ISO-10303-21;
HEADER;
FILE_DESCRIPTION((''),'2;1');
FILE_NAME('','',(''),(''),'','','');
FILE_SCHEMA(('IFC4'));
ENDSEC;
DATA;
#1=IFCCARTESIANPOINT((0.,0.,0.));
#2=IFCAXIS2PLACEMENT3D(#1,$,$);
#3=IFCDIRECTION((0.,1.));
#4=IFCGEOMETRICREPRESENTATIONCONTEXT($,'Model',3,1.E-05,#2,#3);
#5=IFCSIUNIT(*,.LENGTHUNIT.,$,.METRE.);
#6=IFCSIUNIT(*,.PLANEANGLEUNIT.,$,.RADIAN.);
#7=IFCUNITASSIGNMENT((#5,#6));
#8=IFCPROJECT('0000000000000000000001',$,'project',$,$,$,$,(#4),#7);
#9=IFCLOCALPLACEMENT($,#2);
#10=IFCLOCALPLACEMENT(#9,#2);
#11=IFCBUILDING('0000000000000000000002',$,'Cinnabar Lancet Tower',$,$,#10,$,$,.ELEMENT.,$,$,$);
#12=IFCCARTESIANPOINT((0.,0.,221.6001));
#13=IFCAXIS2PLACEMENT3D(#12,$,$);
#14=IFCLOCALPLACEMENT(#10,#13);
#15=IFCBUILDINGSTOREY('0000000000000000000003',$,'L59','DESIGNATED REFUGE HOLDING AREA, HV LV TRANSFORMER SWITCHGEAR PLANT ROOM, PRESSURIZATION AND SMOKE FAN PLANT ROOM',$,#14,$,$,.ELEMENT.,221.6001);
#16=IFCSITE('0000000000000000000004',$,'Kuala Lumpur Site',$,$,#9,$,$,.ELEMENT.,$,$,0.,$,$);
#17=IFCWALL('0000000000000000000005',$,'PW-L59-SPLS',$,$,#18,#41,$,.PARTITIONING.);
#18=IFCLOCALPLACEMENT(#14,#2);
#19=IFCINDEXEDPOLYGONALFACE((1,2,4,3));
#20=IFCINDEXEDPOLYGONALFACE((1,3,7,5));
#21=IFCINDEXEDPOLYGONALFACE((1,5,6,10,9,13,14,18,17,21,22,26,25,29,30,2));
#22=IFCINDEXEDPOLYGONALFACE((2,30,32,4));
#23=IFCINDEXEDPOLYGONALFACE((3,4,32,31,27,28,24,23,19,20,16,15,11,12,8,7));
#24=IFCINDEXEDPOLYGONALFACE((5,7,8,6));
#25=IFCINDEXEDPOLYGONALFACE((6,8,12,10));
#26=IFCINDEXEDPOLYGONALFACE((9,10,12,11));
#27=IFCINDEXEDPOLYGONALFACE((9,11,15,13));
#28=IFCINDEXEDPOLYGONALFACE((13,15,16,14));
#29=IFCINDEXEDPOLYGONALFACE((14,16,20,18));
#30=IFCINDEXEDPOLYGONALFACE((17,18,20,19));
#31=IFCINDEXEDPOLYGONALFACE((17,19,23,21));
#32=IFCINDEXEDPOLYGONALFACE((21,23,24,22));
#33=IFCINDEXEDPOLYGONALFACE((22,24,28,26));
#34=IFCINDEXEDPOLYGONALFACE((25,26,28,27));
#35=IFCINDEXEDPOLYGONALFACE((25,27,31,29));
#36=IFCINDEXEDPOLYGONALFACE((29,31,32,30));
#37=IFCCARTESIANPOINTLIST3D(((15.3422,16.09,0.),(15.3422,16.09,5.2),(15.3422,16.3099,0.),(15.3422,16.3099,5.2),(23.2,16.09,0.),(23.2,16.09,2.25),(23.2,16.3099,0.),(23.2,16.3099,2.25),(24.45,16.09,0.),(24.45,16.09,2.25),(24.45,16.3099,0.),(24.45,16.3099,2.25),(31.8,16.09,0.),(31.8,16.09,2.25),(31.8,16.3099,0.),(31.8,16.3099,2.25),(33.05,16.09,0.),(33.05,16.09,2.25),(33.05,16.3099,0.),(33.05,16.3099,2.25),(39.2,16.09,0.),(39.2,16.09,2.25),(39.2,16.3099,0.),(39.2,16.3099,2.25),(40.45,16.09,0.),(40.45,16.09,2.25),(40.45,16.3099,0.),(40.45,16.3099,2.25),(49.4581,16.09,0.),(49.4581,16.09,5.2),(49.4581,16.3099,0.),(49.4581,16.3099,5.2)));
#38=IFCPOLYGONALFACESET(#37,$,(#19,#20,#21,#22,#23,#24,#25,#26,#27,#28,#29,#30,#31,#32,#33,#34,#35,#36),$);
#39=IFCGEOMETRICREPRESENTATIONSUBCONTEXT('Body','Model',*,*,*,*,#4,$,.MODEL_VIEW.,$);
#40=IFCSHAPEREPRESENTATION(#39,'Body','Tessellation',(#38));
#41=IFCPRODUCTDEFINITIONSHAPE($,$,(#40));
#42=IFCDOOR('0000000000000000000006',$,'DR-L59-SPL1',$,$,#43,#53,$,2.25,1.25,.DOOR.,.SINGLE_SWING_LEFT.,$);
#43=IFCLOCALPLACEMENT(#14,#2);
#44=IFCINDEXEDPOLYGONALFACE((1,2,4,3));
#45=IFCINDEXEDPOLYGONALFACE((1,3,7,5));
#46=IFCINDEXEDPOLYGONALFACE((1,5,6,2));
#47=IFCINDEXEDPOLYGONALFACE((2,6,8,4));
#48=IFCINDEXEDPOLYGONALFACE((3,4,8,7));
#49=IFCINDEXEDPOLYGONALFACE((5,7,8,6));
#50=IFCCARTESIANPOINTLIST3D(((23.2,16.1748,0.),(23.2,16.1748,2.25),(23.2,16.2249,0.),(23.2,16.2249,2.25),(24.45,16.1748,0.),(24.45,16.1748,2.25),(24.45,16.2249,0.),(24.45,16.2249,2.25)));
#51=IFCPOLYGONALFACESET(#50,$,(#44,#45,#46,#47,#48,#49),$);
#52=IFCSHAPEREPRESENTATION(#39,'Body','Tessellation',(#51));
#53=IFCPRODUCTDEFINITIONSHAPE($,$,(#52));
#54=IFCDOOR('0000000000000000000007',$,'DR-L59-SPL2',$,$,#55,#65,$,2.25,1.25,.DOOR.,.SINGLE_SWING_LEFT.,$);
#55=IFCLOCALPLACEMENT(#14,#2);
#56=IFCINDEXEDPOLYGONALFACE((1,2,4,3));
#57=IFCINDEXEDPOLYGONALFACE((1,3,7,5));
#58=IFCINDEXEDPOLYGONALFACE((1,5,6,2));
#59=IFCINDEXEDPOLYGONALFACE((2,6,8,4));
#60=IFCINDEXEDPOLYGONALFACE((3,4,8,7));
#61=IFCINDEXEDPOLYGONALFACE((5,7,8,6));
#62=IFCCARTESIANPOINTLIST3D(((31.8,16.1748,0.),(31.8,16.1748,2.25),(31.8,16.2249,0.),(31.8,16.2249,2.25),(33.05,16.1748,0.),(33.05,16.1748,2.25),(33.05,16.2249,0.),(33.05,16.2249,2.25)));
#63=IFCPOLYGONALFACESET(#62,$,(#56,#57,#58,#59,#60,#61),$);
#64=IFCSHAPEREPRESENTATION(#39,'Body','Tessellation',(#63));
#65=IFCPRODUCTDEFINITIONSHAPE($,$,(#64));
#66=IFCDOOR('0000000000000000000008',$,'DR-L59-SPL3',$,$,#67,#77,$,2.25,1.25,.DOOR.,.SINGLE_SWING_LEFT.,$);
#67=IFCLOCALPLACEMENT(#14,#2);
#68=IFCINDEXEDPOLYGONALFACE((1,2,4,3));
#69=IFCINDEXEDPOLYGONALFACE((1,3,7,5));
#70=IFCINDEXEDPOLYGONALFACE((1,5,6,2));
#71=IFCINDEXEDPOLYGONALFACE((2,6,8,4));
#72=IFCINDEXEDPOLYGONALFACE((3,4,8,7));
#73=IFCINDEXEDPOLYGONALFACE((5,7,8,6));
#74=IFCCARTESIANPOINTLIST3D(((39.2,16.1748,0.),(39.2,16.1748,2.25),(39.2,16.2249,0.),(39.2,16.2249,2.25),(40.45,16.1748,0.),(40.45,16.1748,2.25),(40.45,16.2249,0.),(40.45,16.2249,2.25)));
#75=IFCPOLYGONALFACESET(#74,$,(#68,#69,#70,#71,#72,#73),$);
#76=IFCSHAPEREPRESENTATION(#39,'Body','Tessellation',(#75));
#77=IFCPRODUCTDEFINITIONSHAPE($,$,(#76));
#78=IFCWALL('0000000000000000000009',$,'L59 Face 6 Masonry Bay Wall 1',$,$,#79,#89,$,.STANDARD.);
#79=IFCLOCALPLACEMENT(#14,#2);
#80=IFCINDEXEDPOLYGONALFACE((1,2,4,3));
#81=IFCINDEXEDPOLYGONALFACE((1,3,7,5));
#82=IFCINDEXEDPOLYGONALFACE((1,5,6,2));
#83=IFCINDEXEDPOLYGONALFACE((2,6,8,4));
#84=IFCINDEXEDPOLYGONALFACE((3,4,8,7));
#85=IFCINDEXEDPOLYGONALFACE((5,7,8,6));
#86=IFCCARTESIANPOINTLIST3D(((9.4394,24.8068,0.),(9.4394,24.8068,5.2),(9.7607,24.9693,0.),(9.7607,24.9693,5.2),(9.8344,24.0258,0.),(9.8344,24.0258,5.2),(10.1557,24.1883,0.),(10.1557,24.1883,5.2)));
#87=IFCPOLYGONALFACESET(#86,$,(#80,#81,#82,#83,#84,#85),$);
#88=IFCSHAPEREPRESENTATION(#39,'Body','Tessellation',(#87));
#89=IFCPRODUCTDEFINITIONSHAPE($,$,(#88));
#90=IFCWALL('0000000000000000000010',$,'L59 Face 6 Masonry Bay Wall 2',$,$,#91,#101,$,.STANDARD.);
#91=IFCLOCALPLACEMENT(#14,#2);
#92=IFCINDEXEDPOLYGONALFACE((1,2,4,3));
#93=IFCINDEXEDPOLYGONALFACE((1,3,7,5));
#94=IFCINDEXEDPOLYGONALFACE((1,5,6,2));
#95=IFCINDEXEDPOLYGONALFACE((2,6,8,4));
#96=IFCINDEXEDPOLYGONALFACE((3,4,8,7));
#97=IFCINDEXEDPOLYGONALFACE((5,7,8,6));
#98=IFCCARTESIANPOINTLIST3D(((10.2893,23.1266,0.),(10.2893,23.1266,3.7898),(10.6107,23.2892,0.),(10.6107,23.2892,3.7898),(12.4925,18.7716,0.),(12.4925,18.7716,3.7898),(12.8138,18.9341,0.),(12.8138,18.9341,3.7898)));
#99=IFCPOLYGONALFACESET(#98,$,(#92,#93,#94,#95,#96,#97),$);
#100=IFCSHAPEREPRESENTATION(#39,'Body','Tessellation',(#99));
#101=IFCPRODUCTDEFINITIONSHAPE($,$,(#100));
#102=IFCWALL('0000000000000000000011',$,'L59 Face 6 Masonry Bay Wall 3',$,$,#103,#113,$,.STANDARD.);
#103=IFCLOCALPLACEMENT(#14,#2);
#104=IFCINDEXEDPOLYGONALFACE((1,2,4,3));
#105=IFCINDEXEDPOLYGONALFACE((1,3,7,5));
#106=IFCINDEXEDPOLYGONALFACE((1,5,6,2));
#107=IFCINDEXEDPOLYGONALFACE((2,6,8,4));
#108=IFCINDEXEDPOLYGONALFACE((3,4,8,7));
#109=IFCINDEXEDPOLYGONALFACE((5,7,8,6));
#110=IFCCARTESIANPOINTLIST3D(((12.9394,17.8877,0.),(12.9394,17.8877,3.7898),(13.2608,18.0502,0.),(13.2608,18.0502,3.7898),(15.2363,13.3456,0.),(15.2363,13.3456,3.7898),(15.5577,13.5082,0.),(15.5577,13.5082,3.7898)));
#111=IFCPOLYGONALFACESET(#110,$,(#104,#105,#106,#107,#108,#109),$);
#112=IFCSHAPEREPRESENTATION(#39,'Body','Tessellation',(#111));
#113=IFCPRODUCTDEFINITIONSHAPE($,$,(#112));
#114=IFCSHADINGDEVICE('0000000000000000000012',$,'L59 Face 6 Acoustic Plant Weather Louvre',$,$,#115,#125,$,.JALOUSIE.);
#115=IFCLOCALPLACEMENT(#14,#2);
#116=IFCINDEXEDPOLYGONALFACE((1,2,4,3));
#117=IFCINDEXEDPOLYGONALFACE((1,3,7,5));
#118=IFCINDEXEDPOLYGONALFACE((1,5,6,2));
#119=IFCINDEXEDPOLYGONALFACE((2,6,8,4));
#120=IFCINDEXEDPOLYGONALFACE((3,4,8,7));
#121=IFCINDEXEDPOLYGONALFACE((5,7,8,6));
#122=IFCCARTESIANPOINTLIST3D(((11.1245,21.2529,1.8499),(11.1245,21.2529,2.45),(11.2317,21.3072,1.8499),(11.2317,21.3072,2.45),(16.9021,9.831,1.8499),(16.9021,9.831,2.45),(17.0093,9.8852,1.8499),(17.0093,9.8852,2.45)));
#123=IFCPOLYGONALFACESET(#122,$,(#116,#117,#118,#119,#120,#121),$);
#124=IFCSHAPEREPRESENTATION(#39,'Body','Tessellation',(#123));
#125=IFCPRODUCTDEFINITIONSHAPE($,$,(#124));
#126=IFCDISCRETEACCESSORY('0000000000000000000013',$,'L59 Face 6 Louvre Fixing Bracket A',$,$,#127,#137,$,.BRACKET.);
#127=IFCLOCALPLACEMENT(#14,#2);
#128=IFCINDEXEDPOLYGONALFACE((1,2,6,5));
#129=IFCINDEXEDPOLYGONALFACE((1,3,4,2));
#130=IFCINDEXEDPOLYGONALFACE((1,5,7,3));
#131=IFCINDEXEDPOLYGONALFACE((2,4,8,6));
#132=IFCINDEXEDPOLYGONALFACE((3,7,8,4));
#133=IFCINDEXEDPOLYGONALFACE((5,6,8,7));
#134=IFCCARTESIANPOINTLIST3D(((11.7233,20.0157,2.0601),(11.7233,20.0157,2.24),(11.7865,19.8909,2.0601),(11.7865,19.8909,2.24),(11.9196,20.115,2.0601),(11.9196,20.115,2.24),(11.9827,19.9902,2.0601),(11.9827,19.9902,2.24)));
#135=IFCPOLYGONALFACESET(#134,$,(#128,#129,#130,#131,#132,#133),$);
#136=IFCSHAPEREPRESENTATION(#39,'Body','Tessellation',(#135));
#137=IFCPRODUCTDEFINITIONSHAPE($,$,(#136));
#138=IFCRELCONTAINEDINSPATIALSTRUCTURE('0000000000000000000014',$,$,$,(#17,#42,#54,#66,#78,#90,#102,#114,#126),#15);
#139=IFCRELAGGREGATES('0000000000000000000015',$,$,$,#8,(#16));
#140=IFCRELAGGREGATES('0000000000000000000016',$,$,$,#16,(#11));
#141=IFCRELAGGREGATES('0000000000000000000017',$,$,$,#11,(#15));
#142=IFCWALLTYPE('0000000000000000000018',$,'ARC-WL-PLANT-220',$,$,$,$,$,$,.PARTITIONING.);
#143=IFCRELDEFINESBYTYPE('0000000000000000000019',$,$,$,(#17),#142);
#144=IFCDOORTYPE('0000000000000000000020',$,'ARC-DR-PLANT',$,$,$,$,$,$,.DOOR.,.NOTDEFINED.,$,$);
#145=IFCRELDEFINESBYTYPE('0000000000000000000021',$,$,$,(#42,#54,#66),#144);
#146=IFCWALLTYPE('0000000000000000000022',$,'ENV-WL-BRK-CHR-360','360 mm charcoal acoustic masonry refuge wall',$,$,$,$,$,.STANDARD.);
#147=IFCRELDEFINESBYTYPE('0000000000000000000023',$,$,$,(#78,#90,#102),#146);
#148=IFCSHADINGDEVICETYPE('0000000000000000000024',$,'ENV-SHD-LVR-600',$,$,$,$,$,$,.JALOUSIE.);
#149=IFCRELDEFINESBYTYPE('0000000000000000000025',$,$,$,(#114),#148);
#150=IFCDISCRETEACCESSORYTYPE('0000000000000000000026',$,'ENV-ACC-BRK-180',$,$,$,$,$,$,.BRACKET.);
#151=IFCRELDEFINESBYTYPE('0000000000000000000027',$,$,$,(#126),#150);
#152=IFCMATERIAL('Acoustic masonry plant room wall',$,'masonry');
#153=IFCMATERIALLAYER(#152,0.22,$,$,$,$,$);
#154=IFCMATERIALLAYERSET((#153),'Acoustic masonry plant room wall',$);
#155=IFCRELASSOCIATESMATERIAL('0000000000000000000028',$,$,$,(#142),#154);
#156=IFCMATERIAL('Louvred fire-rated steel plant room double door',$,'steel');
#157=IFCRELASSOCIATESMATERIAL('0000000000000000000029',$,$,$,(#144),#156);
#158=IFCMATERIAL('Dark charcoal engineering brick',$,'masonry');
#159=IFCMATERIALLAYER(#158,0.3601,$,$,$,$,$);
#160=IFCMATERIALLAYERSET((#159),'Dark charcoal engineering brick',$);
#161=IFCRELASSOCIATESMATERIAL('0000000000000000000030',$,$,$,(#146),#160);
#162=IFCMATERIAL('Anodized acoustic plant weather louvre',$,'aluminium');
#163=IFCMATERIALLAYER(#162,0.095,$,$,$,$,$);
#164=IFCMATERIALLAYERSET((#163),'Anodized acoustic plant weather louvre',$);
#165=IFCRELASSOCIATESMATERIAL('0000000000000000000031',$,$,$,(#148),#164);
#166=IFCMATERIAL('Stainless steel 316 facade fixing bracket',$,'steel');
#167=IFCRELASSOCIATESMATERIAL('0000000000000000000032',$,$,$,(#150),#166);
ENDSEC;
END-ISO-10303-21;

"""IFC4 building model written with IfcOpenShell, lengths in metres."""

from ifc_helpers import new_model, si_unit, direction, frame, frame_2d, origin, origin_2d, place, context, subcontext, project, spatial, rectangle, extrude, material, layer, layer_set, type_object, element, fill, save


model = new_model("IFC4")

# Units and contexts
model_context = context("Model", 3, precision=1e-05, world=origin(), true_north=direction((0.0, 1.0)))
body_context = subcontext(model_context, "Body", "Model", "MODEL_VIEW")
ifc_project = project(units=[si_unit("LENGTHUNIT", "METRE"), si_unit("PLANEANGLEUNIT", "RADIAN")], contexts=[model_context])

# Site, building, storey
site_placement = place(None, origin())
site = spatial("IfcSite", under=ifc_project, at=site_placement, Name="Kuala Lumpur Site", CompositionType="ELEMENT", RefElevation=0.0)
building_placement = place(site_placement, origin())
building = spatial("IfcBuilding", under=site, at=building_placement, Name="Cinnabar Lancet Tower", CompositionType="ELEMENT")
storey_placement = place(building_placement, frame((0.0, 0.0, 221.6001)))
storey = spatial("IfcBuildingStorey", under=building, at=storey_placement, Name="L59", Description="DESIGNATED REFUGE HOLDING AREA, HV LV TRANSFORMER SWITCHGEAR PLANT ROOM, PRESSURIZATION AND SMOKE FAN PLANT ROOM", CompositionType="ELEMENT", Elevation=221.6001)

# Shared definitions
ifc_material_1 = material(Name="Acoustic masonry plant room wall", Category="masonry")
ifc_layer_1 = layer(ifc_material_1, 0.22)
ifc_layer_set_1 = layer_set([ifc_layer_1], Name="Acoustic masonry plant room wall")
wall_type_1 = type_object("IfcWallType", Name="ARC-WL-PLANT-220", PredefinedType="PARTITIONING", material=ifc_layer_set_1)

# Wall, openings, doors
wall_1_placement = place(storey_placement, frame((15.342, 16.2, 0.0), z_axis=(0.0, 0.0, 1.0), x_axis=(1.0, 0.0, 0.0)))
wall_1 = element("IfcWall", 1, at=wall_1_placement, inside=storey, type_object=wall_type_1, Name="PW-L59-SPLS", PredefinedType="PARTITIONING", context=body_context, shape_type="SweptSolid", body=[
    extrude(rectangle(XDim=34.116, YDim=0.22, at=frame_2d((17.0581, 0.0))), origin(), (0.0, 0.0, 1.0), 5.2),
])
opening_1_placement = place(wall_1_placement, frame((7.8579, 0.0, 0.0)))
opening_1 = element("IfcOpeningElement", 2, at=opening_1_placement, cuts=wall_1, PredefinedType="OPENING", context=body_context, shape_type="SweptSolid", body=[
    extrude(rectangle(XDim=1.25, YDim=2.25, at=frame_2d((0.625, 1.125))), frame((0.0, 0.1199, 0.0), z_axis=(0.0, -1.0, 0.0), x_axis=(1.0, 0.0, 0.0)), (0.0, 0.0, 1.0), 0.24),
])
opening_2_placement = place(wall_1_placement, frame((16.458, 0.0, 0.0)))
opening_2 = element("IfcOpeningElement", 3, at=opening_2_placement, cuts=wall_1, PredefinedType="OPENING", context=body_context, shape_type="SweptSolid", body=[
    extrude(rectangle(XDim=1.25, YDim=2.25, at=frame_2d((0.625, 1.125))), frame((0.0, 0.1199, 0.0), z_axis=(0.0, -1.0, 0.0), x_axis=(1.0, 0.0, 0.0)), (0.0, 0.0, 1.0), 0.24),
])
opening_3_placement = place(wall_1_placement, frame((23.8579, 0.0, 0.0)))
opening_3 = element("IfcOpeningElement", 4, at=opening_3_placement, cuts=wall_1, PredefinedType="OPENING", context=body_context, shape_type="SweptSolid", body=[
    extrude(rectangle(XDim=1.25, YDim=2.25, at=frame_2d((0.625, 1.125))), frame((0.0, 0.1199, 0.0), z_axis=(0.0, -1.0, 0.0), x_axis=(1.0, 0.0, 0.0)), (0.0, 0.0, 1.0), 0.24),
])
ifc_material_2 = material(Name="Louvred fire-rated steel plant room double door", Category="steel")
door_type_1 = type_object("IfcDoorType", Name="ARC-DR-PLANT", OperationType="NOTDEFINED", PredefinedType="DOOR", material=ifc_material_2)
door_1_placement = place(opening_1_placement, origin())
door_1 = element("IfcDoor", 5, at=door_1_placement, inside=storey, type_object=door_type_1, Name="DR-L59-SPL1", OperationType="SINGLE_SWING_LEFT", OverallHeight=2.25, OverallWidth=1.25, PredefinedType="DOOR", context=body_context, shape_type="SweptSolid", body=[
    extrude(rectangle(XDim=1.25, YDim=2.25, at=frame_2d((0.625, 1.125))), frame((0.0, 0.0249, 0.0), z_axis=(0.0, -1.0, 0.0), x_axis=(1.0, 0.0, 0.0)), (0.0, 0.0, 1.0), 0.05),
])
fill(opening_1, door_1)
door_2_placement = place(opening_2_placement, origin())
door_2 = element("IfcDoor", 6, at=door_2_placement, inside=storey, type_object=door_type_1, Name="DR-L59-SPL2", OperationType="SINGLE_SWING_LEFT", OverallHeight=2.25, OverallWidth=1.25, PredefinedType="DOOR", context=body_context, shape_type="SweptSolid", body=[
    extrude(rectangle(XDim=1.25, YDim=2.25, at=frame_2d((0.625, 1.125))), frame((0.0, 0.0249, 0.0), z_axis=(0.0, -1.0, 0.0), x_axis=(1.0, 0.0, 0.0)), (0.0, 0.0, 1.0), 0.05),
])
fill(opening_2, door_2)
door_3_placement = place(opening_3_placement, origin())
door_3 = element("IfcDoor", 7, at=door_3_placement, inside=storey, type_object=door_type_1, Name="DR-L59-SPL3", OperationType="SINGLE_SWING_LEFT", OverallHeight=2.25, OverallWidth=1.25, PredefinedType="DOOR", context=body_context, shape_type="SweptSolid", body=[
    extrude(rectangle(XDim=1.25, YDim=2.25, at=frame_2d((0.625, 1.125))), frame((0.0, 0.0249, 0.0), z_axis=(0.0, -1.0, 0.0), x_axis=(1.0, 0.0, 0.0)), (0.0, 0.0, 1.0), 0.05),
])
fill(opening_3, door_3)

# Walls
ifc_material_3 = material(Name="Dark charcoal engineering brick", Category="masonry")
ifc_layer_2 = layer(ifc_material_3, 0.3601)
ifc_layer_set_2 = layer_set([ifc_layer_2], Name="Dark charcoal engineering brick")
wall_type_2 = type_object("IfcWallType", Name="ENV-WL-BRK-CHR-360", Description="360 mm charcoal acoustic masonry refuge wall", PredefinedType="STANDARD", material=ifc_layer_set_2)
wall_2_placement = place(storey_placement, frame((9.6001, 24.8879, 0.0), z_axis=(0.0, 0.0, 1.0), x_axis=(0.451337, -0.892353, 0.0)))
element("IfcWall", 8, at=wall_2_placement, inside=storey, type_object=wall_type_2, Name="L59 Face 6 Masonry Bay Wall 1", PredefinedType="STANDARD", context=body_context, shape_type="SweptSolid", body=[
    extrude(rectangle(XDim=0.8752, YDim=0.3601, at=frame_2d((0.4375, 0.0))), origin(), (0.0, 0.0, 1.0), 5.2),
])
wall_3_placement = place(storey_placement, frame((10.45, 23.208, 0.0), z_axis=(0.0, 0.0, 1.0), x_axis=(0.451411, -0.892316, 0.0)))
element("IfcWall", 9, at=wall_3_placement, inside=storey, type_object=wall_type_2, Name="L59 Face 6 Masonry Bay Wall 2", PredefinedType="STANDARD", context=body_context, shape_type="SweptSolid", body=[
    extrude(rectangle(XDim=4.8806, YDim=0.3601, at=frame_2d((2.4404, 0.0))), origin(), (0.0, 0.0, 1.0), 3.7898),
])
wall_4_placement = place(storey_placement, frame((13.1001, 17.969, 0.0), z_axis=(0.0, 0.0, 1.0), x_axis=(0.451277, -0.892384, 0.0)))
element("IfcWall", 10, at=wall_4_placement, inside=storey, type_object=wall_type_2, Name="L59 Face 6 Masonry Bay Wall 3", PredefinedType="STANDARD", context=body_context, shape_type="SweptSolid", body=[
    extrude(rectangle(XDim=5.0898, YDim=0.3601, at=frame_2d((2.5449, 0.0))), origin(), (0.0, 0.0, 1.0), 3.7898),
])

# Shading device
ifc_material_4 = material(Name="Anodized acoustic plant weather louvre", Category="aluminium")
ifc_layer_3 = layer(ifc_material_4, 0.095)
ifc_layer_set_3 = layer_set([ifc_layer_3], Name="Anodized acoustic plant weather louvre")
shading_device_type = type_object("IfcShadingDeviceType", Name="ENV-SHD-LVR-600", PredefinedType="JALOUSIE", material=ifc_layer_set_3)
shading_device_placement = place(storey_placement, frame((14.0669, 15.5691, 1.8499), z_axis=(0.0, 0.0, 1.0), x_axis=(0.451376, -0.892334, 0.0)))
element("IfcShadingDevice", 11, at=shading_device_placement, inside=storey, type_object=shading_device_type, Name="L59 Face 6 Acoustic Plant Weather Louvre", PredefinedType="JALOUSIE", context=body_context, shape_type="SweptSolid", body=[
    extrude(rectangle(XDim=12.8, YDim=0.1201, at=origin_2d()), origin(), (0.0, 0.0, 1.0), 0.6001),
])

# Discrete accessory
ifc_material_5 = material(Name="Stainless steel 316 facade fixing bracket", Category="steel")
discrete_accessory_type = type_object("IfcDiscreteAccessoryType", Name="ENV-ACC-BRK-180", PredefinedType="BRACKET", material=ifc_material_5)
discrete_accessory_placement = place(storey_placement, frame((11.853, 20.0029, 2.0601), z_axis=(0.0, 0.0, 1.0), x_axis=(0.451376, -0.892334, 0.0)))
element("IfcDiscreteAccessory", 12, at=discrete_accessory_placement, inside=storey, type_object=discrete_accessory_type, Name="L59 Face 6 Louvre Fixing Bracket A", PredefinedType="BRACKET", context=body_context, shape_type="SweptSolid", body=[
    extrude(rectangle(XDim=0.1399, YDim=0.22, at=origin_2d()), origin(), (0.0, 0.0, 1.0), 0.1799),
])

save(model, "model.ifc")
